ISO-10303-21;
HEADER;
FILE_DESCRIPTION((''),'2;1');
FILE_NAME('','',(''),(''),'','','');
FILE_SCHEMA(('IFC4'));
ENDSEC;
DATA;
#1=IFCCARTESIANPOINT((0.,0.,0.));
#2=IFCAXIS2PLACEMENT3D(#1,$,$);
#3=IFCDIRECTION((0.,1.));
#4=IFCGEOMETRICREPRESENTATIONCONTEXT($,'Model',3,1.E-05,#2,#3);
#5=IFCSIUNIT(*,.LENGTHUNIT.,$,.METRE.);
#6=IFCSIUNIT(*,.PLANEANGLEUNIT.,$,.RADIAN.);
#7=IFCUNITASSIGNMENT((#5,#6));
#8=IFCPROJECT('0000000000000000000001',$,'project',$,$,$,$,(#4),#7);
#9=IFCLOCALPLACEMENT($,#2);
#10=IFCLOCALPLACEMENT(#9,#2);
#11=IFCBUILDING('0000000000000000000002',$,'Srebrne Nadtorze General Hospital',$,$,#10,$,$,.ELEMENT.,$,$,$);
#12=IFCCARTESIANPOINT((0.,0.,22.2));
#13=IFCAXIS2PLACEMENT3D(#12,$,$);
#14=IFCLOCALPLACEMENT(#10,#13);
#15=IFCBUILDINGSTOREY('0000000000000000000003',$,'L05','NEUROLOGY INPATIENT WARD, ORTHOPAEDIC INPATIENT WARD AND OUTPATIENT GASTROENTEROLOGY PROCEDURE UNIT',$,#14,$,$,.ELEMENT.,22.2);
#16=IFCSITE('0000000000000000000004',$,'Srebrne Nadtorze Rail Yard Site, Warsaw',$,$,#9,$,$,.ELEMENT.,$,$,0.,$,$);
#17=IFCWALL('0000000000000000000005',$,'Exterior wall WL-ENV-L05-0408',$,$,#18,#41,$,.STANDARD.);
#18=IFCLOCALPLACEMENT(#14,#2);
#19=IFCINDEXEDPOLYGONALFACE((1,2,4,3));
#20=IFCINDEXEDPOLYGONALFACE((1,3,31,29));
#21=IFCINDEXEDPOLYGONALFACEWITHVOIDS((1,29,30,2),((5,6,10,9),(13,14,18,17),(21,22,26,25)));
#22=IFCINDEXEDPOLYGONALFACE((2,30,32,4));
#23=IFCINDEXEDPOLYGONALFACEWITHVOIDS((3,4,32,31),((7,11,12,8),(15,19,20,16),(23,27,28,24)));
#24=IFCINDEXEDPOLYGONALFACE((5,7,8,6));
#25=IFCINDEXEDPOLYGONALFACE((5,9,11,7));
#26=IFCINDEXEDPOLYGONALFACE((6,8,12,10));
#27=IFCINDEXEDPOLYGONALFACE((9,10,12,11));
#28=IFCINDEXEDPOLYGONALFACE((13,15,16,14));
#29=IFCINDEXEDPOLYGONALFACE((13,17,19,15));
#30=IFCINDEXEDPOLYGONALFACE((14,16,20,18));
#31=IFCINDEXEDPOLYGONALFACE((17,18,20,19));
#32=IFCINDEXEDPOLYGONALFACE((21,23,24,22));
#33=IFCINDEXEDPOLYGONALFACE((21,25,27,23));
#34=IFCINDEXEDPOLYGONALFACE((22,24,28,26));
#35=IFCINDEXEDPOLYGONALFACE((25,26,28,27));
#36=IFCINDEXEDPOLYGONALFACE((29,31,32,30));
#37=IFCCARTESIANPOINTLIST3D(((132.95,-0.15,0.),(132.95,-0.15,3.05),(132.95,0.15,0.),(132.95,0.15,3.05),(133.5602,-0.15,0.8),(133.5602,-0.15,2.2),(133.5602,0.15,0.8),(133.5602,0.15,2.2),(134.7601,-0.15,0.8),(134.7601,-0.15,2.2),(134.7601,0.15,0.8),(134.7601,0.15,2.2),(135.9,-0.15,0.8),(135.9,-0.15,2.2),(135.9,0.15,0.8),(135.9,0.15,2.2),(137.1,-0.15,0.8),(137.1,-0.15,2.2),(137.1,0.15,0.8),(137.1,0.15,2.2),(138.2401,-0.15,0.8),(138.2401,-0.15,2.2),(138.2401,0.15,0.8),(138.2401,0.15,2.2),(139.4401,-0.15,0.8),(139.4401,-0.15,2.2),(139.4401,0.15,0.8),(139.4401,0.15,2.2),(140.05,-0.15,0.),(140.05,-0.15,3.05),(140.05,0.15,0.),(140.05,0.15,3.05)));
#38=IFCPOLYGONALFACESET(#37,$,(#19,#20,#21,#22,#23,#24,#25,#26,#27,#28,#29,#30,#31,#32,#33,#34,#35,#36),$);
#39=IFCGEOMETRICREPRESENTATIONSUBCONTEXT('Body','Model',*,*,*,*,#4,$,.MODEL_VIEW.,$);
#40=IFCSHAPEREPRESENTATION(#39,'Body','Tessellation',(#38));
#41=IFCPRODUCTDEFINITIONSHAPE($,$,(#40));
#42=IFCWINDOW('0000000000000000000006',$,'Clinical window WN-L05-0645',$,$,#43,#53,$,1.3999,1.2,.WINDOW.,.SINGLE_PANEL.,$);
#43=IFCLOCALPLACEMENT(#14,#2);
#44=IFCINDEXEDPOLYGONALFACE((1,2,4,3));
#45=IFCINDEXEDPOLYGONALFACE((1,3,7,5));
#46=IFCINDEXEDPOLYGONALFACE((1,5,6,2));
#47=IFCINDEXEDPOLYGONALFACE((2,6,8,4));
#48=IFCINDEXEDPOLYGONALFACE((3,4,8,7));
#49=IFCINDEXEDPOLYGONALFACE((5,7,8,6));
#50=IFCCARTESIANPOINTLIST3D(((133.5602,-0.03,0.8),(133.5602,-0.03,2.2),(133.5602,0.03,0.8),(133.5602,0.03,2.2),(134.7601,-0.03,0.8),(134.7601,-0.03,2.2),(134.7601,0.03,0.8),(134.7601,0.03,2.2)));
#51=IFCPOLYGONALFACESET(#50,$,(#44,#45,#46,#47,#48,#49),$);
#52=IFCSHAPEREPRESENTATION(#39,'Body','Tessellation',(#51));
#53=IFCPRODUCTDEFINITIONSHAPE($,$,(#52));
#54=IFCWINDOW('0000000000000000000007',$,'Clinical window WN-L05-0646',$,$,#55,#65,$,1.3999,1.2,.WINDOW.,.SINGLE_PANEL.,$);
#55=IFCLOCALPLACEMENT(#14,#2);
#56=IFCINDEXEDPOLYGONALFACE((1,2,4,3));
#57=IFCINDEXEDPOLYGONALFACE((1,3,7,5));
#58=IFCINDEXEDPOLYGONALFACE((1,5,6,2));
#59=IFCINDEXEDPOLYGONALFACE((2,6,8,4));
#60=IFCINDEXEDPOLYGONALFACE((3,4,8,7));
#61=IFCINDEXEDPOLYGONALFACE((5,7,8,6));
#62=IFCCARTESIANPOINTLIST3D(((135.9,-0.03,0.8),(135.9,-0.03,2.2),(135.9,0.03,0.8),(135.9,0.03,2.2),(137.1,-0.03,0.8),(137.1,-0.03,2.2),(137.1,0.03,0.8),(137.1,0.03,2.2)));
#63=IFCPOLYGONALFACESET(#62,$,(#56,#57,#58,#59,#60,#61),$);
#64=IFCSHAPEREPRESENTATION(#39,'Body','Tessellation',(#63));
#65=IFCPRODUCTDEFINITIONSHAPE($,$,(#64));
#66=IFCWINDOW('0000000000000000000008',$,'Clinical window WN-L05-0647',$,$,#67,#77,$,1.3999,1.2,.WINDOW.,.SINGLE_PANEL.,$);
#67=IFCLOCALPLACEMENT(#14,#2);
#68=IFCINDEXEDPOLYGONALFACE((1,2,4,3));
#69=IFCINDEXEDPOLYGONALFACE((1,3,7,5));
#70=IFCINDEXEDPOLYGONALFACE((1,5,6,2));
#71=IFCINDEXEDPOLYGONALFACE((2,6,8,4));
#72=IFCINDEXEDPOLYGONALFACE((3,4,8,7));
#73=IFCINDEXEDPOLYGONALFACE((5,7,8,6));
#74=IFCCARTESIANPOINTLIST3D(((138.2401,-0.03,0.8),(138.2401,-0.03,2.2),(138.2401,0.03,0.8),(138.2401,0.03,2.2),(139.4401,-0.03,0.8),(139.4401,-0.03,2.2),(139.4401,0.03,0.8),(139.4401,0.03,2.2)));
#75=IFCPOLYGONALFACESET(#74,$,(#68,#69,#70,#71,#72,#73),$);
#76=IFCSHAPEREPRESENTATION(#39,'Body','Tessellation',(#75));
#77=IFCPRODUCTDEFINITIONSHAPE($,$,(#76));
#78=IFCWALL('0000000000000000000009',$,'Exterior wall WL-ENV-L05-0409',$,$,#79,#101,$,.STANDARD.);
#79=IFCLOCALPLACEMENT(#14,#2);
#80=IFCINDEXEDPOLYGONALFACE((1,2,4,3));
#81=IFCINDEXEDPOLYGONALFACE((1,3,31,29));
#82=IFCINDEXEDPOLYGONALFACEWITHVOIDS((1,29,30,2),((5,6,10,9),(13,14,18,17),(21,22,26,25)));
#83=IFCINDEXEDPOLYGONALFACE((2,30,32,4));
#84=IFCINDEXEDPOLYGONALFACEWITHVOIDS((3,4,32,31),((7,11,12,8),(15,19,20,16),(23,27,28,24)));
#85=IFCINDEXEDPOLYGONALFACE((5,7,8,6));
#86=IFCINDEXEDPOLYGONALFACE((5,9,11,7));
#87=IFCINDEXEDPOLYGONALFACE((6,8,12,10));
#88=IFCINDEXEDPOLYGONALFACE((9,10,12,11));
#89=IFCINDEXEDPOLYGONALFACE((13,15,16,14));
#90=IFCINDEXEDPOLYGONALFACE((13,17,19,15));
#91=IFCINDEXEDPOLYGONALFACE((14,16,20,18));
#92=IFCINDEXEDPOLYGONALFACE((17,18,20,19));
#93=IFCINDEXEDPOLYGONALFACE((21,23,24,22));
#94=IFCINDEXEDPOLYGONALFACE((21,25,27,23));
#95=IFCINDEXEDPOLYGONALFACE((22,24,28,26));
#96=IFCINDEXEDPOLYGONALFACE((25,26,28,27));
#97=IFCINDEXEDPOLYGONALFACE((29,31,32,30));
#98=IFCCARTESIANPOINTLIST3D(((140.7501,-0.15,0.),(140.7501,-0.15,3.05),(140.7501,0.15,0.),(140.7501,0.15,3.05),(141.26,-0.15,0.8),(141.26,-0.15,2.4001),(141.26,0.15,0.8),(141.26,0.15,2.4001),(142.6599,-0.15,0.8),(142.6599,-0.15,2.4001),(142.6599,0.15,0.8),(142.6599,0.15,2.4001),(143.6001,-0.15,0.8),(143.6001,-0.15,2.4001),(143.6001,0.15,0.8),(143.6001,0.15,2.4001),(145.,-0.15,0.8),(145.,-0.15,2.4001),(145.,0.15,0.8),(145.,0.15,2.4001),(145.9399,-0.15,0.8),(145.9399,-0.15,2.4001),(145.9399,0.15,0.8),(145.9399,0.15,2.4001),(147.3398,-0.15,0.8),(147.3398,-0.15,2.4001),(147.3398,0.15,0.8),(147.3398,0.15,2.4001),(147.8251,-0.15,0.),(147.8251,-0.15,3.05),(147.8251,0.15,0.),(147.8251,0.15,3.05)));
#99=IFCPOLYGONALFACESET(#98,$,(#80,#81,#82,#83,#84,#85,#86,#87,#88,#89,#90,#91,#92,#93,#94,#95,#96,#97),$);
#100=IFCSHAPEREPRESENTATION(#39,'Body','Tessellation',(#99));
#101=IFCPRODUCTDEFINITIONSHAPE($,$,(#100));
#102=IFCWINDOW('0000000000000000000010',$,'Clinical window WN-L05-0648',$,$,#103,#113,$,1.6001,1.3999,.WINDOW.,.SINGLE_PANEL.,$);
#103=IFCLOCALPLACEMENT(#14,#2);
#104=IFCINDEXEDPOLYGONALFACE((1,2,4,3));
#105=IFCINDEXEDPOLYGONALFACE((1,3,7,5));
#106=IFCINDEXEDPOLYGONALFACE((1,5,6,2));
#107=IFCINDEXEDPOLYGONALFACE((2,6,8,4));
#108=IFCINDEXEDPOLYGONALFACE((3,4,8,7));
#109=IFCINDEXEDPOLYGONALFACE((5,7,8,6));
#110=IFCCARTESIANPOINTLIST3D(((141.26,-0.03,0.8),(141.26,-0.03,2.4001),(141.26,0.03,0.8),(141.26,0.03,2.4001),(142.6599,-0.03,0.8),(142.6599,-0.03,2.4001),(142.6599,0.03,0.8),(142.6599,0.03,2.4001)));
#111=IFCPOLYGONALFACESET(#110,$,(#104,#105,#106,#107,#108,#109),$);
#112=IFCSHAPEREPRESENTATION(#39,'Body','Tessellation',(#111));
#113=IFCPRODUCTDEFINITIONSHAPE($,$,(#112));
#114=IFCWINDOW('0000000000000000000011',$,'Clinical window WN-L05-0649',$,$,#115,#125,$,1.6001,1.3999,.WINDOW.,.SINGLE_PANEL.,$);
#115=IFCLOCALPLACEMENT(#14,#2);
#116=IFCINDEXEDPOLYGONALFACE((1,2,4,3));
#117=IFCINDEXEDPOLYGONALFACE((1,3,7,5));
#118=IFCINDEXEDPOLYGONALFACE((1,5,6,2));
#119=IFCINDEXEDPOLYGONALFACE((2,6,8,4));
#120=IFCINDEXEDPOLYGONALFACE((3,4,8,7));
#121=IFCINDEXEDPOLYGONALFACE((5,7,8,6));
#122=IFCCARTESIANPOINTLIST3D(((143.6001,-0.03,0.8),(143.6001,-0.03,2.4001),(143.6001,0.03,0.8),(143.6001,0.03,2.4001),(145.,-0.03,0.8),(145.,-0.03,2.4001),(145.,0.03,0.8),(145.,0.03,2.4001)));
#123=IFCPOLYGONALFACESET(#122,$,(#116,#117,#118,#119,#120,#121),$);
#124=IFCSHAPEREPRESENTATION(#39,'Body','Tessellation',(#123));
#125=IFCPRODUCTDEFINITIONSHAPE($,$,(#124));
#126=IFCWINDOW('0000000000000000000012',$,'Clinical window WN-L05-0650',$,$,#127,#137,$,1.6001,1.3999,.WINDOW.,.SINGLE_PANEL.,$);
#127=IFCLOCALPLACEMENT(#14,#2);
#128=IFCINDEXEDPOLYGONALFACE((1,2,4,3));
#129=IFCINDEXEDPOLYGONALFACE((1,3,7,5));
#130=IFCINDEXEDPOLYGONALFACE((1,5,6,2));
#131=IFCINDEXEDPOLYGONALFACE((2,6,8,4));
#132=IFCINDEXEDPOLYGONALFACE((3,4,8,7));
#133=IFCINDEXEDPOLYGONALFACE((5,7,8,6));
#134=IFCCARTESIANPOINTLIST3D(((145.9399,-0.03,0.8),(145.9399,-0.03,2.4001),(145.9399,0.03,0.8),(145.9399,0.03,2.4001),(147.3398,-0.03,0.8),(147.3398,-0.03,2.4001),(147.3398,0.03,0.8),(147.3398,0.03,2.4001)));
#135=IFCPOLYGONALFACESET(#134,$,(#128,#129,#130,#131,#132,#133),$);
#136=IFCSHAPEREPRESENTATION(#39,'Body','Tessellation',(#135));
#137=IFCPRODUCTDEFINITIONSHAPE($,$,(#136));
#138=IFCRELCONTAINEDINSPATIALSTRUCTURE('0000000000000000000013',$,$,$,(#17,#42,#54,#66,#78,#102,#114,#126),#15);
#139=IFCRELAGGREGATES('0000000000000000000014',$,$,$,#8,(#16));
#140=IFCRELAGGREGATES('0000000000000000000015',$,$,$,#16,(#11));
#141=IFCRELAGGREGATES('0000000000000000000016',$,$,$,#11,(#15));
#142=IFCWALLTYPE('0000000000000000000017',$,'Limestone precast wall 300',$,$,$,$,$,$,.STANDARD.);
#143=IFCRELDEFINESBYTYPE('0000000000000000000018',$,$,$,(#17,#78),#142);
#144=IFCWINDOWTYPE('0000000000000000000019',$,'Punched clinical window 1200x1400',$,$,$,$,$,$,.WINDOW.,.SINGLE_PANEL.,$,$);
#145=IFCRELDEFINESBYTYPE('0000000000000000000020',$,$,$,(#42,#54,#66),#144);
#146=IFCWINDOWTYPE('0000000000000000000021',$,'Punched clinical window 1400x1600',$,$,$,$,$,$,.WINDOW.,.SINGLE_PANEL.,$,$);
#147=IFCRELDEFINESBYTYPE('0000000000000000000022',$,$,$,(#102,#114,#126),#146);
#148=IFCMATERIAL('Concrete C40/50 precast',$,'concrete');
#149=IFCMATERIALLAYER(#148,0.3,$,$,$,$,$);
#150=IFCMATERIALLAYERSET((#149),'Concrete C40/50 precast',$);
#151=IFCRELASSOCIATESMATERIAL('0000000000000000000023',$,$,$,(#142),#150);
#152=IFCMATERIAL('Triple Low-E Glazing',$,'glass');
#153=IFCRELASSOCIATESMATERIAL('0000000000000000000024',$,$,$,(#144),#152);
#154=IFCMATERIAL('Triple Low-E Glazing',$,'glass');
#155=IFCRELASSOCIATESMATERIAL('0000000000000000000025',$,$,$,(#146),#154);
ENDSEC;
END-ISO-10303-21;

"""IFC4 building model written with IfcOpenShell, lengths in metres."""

from ifc_helpers import new_model, si_unit, direction, frame, frame_2d, origin, place, context, subcontext, project, spatial, rectangle, extrude, material, layer, layer_set, type_object, element, fill, save


model = new_model("IFC4")

# Units and contexts
model_context = context("Model", 3, precision=1e-05, world=origin(), true_north=direction((0.0, 1.0)))
body_context = subcontext(model_context, "Body", "Model", "MODEL_VIEW")
ifc_project = project(units=[si_unit("LENGTHUNIT", "METRE"), si_unit("PLANEANGLEUNIT", "RADIAN")], contexts=[model_context])

# Site, building, storey
site_placement = place(None, origin())
site = spatial("IfcSite", under=ifc_project, at=site_placement, Name="Srebrne Nadtorze Rail Yard Site, Warsaw", CompositionType="ELEMENT", RefElevation=0.0)
building_placement = place(site_placement, origin())
building = spatial("IfcBuilding", under=site, at=building_placement, Name="Srebrne Nadtorze General Hospital", CompositionType="ELEMENT")
storey_placement = place(building_placement, frame((0.0, 0.0, 22.2)))
storey = spatial("IfcBuildingStorey", under=building, at=storey_placement, Name="L05", Description="NEUROLOGY INPATIENT WARD, ORTHOPAEDIC INPATIENT WARD AND OUTPATIENT GASTROENTEROLOGY PROCEDURE UNIT", CompositionType="ELEMENT", Elevation=22.2)

# Walls, openings, windows
ifc_material_1 = material(Name="Concrete C40/50 precast", Category="concrete")
ifc_layer_1 = layer(ifc_material_1, 0.3)
ifc_layer_set_1 = layer_set([ifc_layer_1], Name="Concrete C40/50 precast")
wall_type_1 = type_object("IfcWallType", Name="Limestone precast wall 300", PredefinedType="STANDARD", material=ifc_layer_set_1)
wall_1_placement = place(storey_placement, frame((132.95, 0.0, 0.0), z_axis=(0.0, 0.0, 1.0), x_axis=(1.0, 0.0, 0.0)))
wall_1 = element("IfcWall", 1, at=wall_1_placement, inside=storey, type_object=wall_type_1, Name="Exterior wall WL-ENV-L05-0408", PredefinedType="STANDARD", context=body_context, shape_type="SweptSolid", body=[
    extrude(rectangle(XDim=7.1001, YDim=0.3, at=frame_2d((3.55, 0.0))), origin(), (0.0, 0.0, 1.0), 3.05),
])
opening_1_placement = place(wall_1_placement, frame((0.6101, 0.0, 0.8)))
opening_1 = element("IfcOpeningElement", 2, at=opening_1_placement, cuts=wall_1, PredefinedType="OPENING", context=body_context, shape_type="SweptSolid", body=[
    extrude(rectangle(XDim=1.2, YDim=1.3999, at=frame_2d((0.6001, 0.7))), frame((0.0, 0.1621, 0.0), z_axis=(0.0, -1.0, 0.0), x_axis=(1.0, 0.0, 0.0)), (0.0, 0.0, 1.0), 0.324),
])
opening_2_placement = place(wall_1_placement, frame((2.95, 0.0, 0.8)))
opening_2 = element("IfcOpeningElement", 3, at=opening_2_placement, cuts=wall_1, PredefinedType="OPENING", context=body_context, shape_type="SweptSolid", body=[
    extrude(rectangle(XDim=1.2, YDim=1.3999, at=frame_2d((0.6001, 0.7))), frame((0.0, 0.1621, 0.0), z_axis=(0.0, -1.0, 0.0), x_axis=(1.0, 0.0, 0.0)), (0.0, 0.0, 1.0), 0.324),
])
opening_3_placement = place(wall_1_placement, frame((5.29, 0.0, 0.8)))
opening_3 = element("IfcOpeningElement", 4, at=opening_3_placement, cuts=wall_1, PredefinedType="OPENING", context=body_context, shape_type="SweptSolid", body=[
    extrude(rectangle(XDim=1.2, YDim=1.3999, at=frame_2d((0.6001, 0.7))), frame((0.0, 0.1621, 0.0), z_axis=(0.0, -1.0, 0.0), x_axis=(1.0, 0.0, 0.0)), (0.0, 0.0, 1.0), 0.324),
])
ifc_material_2 = material(Name="Triple Low-E Glazing", Category="glass")
window_type_1 = type_object("IfcWindowType", Name="Punched clinical window 1200x1400", PartitioningType="SINGLE_PANEL", PredefinedType="WINDOW", material=ifc_material_2)
window_1_placement = place(opening_1_placement, origin())
window_1 = element("IfcWindow", 5, at=window_1_placement, inside=storey, type_object=window_type_1, Name="Clinical window WN-L05-0645", OverallHeight=1.3999, OverallWidth=1.2, PartitioningType="SINGLE_PANEL", PredefinedType="WINDOW", context=body_context, shape_type="SweptSolid", body=[
    extrude(rectangle(XDim=1.2, YDim=1.3999, at=frame_2d((0.6001, 0.7))), frame((0.0, 0.03, 0.0), z_axis=(0.0, -1.0, 0.0), x_axis=(1.0, 0.0, 0.0)), (0.0, 0.0, 1.0), 0.0601),
])
fill(opening_1, window_1)
window_2_placement = place(opening_2_placement, origin())
window_2 = element("IfcWindow", 6, at=window_2_placement, inside=storey, type_object=window_type_1, Name="Clinical window WN-L05-0646", OverallHeight=1.3999, OverallWidth=1.2, PartitioningType="SINGLE_PANEL", PredefinedType="WINDOW", context=body_context, shape_type="SweptSolid", body=[
    extrude(rectangle(XDim=1.2, YDim=1.3999, at=frame_2d((0.6001, 0.7))), frame((0.0, 0.03, 0.0), z_axis=(0.0, -1.0, 0.0), x_axis=(1.0, 0.0, 0.0)), (0.0, 0.0, 1.0), 0.0601),
])
fill(opening_2, window_2)
window_3_placement = place(opening_3_placement, origin())
window_3 = element("IfcWindow", 7, at=window_3_placement, inside=storey, type_object=window_type_1, Name="Clinical window WN-L05-0647", OverallHeight=1.3999, OverallWidth=1.2, PartitioningType="SINGLE_PANEL", PredefinedType="WINDOW", context=body_context, shape_type="SweptSolid", body=[
    extrude(rectangle(XDim=1.2, YDim=1.3999, at=frame_2d((0.6001, 0.7))), frame((0.0, 0.03, 0.0), z_axis=(0.0, -1.0, 0.0), x_axis=(1.0, 0.0, 0.0)), (0.0, 0.0, 1.0), 0.0601),
])
fill(opening_3, window_3)
wall_2_placement = place(storey_placement, frame((140.75, 0.0, 0.0), z_axis=(0.0, 0.0, 1.0), x_axis=(1.0, 0.0, 0.0)))
wall_2 = element("IfcWall", 8, at=wall_2_placement, inside=storey, type_object=wall_type_1, Name="Exterior wall WL-ENV-L05-0409", PredefinedType="STANDARD", context=body_context, shape_type="SweptSolid", body=[
    extrude(rectangle(XDim=7.075, YDim=0.3, at=frame_2d((3.5376, 0.0))), origin(), (0.0, 0.0, 1.0), 3.05),
])
opening_4_placement = place(wall_2_placement, frame((0.51, 0.0, 0.8)))
opening_4 = element("IfcOpeningElement", 9, at=opening_4_placement, cuts=wall_2, PredefinedType="OPENING", context=body_context, shape_type="SweptSolid", body=[
    extrude(rectangle(XDim=1.3999, YDim=1.6001, at=frame_2d((0.7, 0.8))), frame((0.0, 0.1621, 0.0), z_axis=(0.0, -1.0, 0.0), x_axis=(1.0, 0.0, 0.0)), (0.0, 0.0, 1.0), 0.324),
])
opening_5_placement = place(wall_2_placement, frame((2.8501, 0.0, 0.8)))
opening_5 = element("IfcOpeningElement", 10, at=opening_5_placement, cuts=wall_2, PredefinedType="OPENING", context=body_context, shape_type="SweptSolid", body=[
    extrude(rectangle(XDim=1.3999, YDim=1.6001, at=frame_2d((0.7, 0.8))), frame((0.0, 0.1621, 0.0), z_axis=(0.0, -1.0, 0.0), x_axis=(1.0, 0.0, 0.0)), (0.0, 0.0, 1.0), 0.324),
])
opening_6_placement = place(wall_2_placement, frame((5.1899, 0.0, 0.8)))
opening_6 = element("IfcOpeningElement", 11, at=opening_6_placement, cuts=wall_2, PredefinedType="OPENING", context=body_context, shape_type="SweptSolid", body=[
    extrude(rectangle(XDim=1.3999, YDim=1.6001, at=frame_2d((0.7, 0.8))), frame((0.0, 0.1621, 0.0), z_axis=(0.0, -1.0, 0.0), x_axis=(1.0, 0.0, 0.0)), (0.0, 0.0, 1.0), 0.324),
])
ifc_material_3 = material(Name="Triple Low-E Glazing", Category="glass")
window_type_2 = type_object("IfcWindowType", Name="Punched clinical window 1400x1600", PartitioningType="SINGLE_PANEL", PredefinedType="WINDOW", material=ifc_material_3)
window_4_placement = place(opening_4_placement, origin())
window_4 = element("IfcWindow", 12, at=window_4_placement, inside=storey, type_object=window_type_2, Name="Clinical window WN-L05-0648", OverallHeight=1.6001, OverallWidth=1.3999, PartitioningType="SINGLE_PANEL", PredefinedType="WINDOW", context=body_context, shape_type="SweptSolid", body=[
    extrude(rectangle(XDim=1.3999, YDim=1.6001, at=frame_2d((0.7, 0.8))), frame((0.0, 0.03, 0.0), z_axis=(0.0, -1.0, 0.0), x_axis=(1.0, 0.0, 0.0)), (0.0, 0.0, 1.0), 0.0601),
])
fill(opening_4, window_4)
window_5_placement = place(opening_5_placement, origin())
window_5 = element("IfcWindow", 13, at=window_5_placement, inside=storey, type_object=window_type_2, Name="Clinical window WN-L05-0649", OverallHeight=1.6001, OverallWidth=1.3999, PartitioningType="SINGLE_PANEL", PredefinedType="WINDOW", context=body_context, shape_type="SweptSolid", body=[
    extrude(rectangle(XDim=1.3999, YDim=1.6001, at=frame_2d((0.7, 0.8))), frame((0.0, 0.03, 0.0), z_axis=(0.0, -1.0, 0.0), x_axis=(1.0, 0.0, 0.0)), (0.0, 0.0, 1.0), 0.0601),
])
fill(opening_5, window_5)
window_6_placement = place(opening_6_placement, origin())
window_6 = element("IfcWindow", 14, at=window_6_placement, inside=storey, type_object=window_type_2, Name="Clinical window WN-L05-0650", OverallHeight=1.6001, OverallWidth=1.3999, PartitioningType="SINGLE_PANEL", PredefinedType="WINDOW", context=body_context, shape_type="SweptSolid", body=[
    extrude(rectangle(XDim=1.3999, YDim=1.6001, at=frame_2d((0.7, 0.8))), frame((0.0, 0.03, 0.0), z_axis=(0.0, -1.0, 0.0), x_axis=(1.0, 0.0, 0.0)), (0.0, 0.0, 1.0), 0.0601),
])
fill(opening_6, window_6)

save(model, "model.ifc")
